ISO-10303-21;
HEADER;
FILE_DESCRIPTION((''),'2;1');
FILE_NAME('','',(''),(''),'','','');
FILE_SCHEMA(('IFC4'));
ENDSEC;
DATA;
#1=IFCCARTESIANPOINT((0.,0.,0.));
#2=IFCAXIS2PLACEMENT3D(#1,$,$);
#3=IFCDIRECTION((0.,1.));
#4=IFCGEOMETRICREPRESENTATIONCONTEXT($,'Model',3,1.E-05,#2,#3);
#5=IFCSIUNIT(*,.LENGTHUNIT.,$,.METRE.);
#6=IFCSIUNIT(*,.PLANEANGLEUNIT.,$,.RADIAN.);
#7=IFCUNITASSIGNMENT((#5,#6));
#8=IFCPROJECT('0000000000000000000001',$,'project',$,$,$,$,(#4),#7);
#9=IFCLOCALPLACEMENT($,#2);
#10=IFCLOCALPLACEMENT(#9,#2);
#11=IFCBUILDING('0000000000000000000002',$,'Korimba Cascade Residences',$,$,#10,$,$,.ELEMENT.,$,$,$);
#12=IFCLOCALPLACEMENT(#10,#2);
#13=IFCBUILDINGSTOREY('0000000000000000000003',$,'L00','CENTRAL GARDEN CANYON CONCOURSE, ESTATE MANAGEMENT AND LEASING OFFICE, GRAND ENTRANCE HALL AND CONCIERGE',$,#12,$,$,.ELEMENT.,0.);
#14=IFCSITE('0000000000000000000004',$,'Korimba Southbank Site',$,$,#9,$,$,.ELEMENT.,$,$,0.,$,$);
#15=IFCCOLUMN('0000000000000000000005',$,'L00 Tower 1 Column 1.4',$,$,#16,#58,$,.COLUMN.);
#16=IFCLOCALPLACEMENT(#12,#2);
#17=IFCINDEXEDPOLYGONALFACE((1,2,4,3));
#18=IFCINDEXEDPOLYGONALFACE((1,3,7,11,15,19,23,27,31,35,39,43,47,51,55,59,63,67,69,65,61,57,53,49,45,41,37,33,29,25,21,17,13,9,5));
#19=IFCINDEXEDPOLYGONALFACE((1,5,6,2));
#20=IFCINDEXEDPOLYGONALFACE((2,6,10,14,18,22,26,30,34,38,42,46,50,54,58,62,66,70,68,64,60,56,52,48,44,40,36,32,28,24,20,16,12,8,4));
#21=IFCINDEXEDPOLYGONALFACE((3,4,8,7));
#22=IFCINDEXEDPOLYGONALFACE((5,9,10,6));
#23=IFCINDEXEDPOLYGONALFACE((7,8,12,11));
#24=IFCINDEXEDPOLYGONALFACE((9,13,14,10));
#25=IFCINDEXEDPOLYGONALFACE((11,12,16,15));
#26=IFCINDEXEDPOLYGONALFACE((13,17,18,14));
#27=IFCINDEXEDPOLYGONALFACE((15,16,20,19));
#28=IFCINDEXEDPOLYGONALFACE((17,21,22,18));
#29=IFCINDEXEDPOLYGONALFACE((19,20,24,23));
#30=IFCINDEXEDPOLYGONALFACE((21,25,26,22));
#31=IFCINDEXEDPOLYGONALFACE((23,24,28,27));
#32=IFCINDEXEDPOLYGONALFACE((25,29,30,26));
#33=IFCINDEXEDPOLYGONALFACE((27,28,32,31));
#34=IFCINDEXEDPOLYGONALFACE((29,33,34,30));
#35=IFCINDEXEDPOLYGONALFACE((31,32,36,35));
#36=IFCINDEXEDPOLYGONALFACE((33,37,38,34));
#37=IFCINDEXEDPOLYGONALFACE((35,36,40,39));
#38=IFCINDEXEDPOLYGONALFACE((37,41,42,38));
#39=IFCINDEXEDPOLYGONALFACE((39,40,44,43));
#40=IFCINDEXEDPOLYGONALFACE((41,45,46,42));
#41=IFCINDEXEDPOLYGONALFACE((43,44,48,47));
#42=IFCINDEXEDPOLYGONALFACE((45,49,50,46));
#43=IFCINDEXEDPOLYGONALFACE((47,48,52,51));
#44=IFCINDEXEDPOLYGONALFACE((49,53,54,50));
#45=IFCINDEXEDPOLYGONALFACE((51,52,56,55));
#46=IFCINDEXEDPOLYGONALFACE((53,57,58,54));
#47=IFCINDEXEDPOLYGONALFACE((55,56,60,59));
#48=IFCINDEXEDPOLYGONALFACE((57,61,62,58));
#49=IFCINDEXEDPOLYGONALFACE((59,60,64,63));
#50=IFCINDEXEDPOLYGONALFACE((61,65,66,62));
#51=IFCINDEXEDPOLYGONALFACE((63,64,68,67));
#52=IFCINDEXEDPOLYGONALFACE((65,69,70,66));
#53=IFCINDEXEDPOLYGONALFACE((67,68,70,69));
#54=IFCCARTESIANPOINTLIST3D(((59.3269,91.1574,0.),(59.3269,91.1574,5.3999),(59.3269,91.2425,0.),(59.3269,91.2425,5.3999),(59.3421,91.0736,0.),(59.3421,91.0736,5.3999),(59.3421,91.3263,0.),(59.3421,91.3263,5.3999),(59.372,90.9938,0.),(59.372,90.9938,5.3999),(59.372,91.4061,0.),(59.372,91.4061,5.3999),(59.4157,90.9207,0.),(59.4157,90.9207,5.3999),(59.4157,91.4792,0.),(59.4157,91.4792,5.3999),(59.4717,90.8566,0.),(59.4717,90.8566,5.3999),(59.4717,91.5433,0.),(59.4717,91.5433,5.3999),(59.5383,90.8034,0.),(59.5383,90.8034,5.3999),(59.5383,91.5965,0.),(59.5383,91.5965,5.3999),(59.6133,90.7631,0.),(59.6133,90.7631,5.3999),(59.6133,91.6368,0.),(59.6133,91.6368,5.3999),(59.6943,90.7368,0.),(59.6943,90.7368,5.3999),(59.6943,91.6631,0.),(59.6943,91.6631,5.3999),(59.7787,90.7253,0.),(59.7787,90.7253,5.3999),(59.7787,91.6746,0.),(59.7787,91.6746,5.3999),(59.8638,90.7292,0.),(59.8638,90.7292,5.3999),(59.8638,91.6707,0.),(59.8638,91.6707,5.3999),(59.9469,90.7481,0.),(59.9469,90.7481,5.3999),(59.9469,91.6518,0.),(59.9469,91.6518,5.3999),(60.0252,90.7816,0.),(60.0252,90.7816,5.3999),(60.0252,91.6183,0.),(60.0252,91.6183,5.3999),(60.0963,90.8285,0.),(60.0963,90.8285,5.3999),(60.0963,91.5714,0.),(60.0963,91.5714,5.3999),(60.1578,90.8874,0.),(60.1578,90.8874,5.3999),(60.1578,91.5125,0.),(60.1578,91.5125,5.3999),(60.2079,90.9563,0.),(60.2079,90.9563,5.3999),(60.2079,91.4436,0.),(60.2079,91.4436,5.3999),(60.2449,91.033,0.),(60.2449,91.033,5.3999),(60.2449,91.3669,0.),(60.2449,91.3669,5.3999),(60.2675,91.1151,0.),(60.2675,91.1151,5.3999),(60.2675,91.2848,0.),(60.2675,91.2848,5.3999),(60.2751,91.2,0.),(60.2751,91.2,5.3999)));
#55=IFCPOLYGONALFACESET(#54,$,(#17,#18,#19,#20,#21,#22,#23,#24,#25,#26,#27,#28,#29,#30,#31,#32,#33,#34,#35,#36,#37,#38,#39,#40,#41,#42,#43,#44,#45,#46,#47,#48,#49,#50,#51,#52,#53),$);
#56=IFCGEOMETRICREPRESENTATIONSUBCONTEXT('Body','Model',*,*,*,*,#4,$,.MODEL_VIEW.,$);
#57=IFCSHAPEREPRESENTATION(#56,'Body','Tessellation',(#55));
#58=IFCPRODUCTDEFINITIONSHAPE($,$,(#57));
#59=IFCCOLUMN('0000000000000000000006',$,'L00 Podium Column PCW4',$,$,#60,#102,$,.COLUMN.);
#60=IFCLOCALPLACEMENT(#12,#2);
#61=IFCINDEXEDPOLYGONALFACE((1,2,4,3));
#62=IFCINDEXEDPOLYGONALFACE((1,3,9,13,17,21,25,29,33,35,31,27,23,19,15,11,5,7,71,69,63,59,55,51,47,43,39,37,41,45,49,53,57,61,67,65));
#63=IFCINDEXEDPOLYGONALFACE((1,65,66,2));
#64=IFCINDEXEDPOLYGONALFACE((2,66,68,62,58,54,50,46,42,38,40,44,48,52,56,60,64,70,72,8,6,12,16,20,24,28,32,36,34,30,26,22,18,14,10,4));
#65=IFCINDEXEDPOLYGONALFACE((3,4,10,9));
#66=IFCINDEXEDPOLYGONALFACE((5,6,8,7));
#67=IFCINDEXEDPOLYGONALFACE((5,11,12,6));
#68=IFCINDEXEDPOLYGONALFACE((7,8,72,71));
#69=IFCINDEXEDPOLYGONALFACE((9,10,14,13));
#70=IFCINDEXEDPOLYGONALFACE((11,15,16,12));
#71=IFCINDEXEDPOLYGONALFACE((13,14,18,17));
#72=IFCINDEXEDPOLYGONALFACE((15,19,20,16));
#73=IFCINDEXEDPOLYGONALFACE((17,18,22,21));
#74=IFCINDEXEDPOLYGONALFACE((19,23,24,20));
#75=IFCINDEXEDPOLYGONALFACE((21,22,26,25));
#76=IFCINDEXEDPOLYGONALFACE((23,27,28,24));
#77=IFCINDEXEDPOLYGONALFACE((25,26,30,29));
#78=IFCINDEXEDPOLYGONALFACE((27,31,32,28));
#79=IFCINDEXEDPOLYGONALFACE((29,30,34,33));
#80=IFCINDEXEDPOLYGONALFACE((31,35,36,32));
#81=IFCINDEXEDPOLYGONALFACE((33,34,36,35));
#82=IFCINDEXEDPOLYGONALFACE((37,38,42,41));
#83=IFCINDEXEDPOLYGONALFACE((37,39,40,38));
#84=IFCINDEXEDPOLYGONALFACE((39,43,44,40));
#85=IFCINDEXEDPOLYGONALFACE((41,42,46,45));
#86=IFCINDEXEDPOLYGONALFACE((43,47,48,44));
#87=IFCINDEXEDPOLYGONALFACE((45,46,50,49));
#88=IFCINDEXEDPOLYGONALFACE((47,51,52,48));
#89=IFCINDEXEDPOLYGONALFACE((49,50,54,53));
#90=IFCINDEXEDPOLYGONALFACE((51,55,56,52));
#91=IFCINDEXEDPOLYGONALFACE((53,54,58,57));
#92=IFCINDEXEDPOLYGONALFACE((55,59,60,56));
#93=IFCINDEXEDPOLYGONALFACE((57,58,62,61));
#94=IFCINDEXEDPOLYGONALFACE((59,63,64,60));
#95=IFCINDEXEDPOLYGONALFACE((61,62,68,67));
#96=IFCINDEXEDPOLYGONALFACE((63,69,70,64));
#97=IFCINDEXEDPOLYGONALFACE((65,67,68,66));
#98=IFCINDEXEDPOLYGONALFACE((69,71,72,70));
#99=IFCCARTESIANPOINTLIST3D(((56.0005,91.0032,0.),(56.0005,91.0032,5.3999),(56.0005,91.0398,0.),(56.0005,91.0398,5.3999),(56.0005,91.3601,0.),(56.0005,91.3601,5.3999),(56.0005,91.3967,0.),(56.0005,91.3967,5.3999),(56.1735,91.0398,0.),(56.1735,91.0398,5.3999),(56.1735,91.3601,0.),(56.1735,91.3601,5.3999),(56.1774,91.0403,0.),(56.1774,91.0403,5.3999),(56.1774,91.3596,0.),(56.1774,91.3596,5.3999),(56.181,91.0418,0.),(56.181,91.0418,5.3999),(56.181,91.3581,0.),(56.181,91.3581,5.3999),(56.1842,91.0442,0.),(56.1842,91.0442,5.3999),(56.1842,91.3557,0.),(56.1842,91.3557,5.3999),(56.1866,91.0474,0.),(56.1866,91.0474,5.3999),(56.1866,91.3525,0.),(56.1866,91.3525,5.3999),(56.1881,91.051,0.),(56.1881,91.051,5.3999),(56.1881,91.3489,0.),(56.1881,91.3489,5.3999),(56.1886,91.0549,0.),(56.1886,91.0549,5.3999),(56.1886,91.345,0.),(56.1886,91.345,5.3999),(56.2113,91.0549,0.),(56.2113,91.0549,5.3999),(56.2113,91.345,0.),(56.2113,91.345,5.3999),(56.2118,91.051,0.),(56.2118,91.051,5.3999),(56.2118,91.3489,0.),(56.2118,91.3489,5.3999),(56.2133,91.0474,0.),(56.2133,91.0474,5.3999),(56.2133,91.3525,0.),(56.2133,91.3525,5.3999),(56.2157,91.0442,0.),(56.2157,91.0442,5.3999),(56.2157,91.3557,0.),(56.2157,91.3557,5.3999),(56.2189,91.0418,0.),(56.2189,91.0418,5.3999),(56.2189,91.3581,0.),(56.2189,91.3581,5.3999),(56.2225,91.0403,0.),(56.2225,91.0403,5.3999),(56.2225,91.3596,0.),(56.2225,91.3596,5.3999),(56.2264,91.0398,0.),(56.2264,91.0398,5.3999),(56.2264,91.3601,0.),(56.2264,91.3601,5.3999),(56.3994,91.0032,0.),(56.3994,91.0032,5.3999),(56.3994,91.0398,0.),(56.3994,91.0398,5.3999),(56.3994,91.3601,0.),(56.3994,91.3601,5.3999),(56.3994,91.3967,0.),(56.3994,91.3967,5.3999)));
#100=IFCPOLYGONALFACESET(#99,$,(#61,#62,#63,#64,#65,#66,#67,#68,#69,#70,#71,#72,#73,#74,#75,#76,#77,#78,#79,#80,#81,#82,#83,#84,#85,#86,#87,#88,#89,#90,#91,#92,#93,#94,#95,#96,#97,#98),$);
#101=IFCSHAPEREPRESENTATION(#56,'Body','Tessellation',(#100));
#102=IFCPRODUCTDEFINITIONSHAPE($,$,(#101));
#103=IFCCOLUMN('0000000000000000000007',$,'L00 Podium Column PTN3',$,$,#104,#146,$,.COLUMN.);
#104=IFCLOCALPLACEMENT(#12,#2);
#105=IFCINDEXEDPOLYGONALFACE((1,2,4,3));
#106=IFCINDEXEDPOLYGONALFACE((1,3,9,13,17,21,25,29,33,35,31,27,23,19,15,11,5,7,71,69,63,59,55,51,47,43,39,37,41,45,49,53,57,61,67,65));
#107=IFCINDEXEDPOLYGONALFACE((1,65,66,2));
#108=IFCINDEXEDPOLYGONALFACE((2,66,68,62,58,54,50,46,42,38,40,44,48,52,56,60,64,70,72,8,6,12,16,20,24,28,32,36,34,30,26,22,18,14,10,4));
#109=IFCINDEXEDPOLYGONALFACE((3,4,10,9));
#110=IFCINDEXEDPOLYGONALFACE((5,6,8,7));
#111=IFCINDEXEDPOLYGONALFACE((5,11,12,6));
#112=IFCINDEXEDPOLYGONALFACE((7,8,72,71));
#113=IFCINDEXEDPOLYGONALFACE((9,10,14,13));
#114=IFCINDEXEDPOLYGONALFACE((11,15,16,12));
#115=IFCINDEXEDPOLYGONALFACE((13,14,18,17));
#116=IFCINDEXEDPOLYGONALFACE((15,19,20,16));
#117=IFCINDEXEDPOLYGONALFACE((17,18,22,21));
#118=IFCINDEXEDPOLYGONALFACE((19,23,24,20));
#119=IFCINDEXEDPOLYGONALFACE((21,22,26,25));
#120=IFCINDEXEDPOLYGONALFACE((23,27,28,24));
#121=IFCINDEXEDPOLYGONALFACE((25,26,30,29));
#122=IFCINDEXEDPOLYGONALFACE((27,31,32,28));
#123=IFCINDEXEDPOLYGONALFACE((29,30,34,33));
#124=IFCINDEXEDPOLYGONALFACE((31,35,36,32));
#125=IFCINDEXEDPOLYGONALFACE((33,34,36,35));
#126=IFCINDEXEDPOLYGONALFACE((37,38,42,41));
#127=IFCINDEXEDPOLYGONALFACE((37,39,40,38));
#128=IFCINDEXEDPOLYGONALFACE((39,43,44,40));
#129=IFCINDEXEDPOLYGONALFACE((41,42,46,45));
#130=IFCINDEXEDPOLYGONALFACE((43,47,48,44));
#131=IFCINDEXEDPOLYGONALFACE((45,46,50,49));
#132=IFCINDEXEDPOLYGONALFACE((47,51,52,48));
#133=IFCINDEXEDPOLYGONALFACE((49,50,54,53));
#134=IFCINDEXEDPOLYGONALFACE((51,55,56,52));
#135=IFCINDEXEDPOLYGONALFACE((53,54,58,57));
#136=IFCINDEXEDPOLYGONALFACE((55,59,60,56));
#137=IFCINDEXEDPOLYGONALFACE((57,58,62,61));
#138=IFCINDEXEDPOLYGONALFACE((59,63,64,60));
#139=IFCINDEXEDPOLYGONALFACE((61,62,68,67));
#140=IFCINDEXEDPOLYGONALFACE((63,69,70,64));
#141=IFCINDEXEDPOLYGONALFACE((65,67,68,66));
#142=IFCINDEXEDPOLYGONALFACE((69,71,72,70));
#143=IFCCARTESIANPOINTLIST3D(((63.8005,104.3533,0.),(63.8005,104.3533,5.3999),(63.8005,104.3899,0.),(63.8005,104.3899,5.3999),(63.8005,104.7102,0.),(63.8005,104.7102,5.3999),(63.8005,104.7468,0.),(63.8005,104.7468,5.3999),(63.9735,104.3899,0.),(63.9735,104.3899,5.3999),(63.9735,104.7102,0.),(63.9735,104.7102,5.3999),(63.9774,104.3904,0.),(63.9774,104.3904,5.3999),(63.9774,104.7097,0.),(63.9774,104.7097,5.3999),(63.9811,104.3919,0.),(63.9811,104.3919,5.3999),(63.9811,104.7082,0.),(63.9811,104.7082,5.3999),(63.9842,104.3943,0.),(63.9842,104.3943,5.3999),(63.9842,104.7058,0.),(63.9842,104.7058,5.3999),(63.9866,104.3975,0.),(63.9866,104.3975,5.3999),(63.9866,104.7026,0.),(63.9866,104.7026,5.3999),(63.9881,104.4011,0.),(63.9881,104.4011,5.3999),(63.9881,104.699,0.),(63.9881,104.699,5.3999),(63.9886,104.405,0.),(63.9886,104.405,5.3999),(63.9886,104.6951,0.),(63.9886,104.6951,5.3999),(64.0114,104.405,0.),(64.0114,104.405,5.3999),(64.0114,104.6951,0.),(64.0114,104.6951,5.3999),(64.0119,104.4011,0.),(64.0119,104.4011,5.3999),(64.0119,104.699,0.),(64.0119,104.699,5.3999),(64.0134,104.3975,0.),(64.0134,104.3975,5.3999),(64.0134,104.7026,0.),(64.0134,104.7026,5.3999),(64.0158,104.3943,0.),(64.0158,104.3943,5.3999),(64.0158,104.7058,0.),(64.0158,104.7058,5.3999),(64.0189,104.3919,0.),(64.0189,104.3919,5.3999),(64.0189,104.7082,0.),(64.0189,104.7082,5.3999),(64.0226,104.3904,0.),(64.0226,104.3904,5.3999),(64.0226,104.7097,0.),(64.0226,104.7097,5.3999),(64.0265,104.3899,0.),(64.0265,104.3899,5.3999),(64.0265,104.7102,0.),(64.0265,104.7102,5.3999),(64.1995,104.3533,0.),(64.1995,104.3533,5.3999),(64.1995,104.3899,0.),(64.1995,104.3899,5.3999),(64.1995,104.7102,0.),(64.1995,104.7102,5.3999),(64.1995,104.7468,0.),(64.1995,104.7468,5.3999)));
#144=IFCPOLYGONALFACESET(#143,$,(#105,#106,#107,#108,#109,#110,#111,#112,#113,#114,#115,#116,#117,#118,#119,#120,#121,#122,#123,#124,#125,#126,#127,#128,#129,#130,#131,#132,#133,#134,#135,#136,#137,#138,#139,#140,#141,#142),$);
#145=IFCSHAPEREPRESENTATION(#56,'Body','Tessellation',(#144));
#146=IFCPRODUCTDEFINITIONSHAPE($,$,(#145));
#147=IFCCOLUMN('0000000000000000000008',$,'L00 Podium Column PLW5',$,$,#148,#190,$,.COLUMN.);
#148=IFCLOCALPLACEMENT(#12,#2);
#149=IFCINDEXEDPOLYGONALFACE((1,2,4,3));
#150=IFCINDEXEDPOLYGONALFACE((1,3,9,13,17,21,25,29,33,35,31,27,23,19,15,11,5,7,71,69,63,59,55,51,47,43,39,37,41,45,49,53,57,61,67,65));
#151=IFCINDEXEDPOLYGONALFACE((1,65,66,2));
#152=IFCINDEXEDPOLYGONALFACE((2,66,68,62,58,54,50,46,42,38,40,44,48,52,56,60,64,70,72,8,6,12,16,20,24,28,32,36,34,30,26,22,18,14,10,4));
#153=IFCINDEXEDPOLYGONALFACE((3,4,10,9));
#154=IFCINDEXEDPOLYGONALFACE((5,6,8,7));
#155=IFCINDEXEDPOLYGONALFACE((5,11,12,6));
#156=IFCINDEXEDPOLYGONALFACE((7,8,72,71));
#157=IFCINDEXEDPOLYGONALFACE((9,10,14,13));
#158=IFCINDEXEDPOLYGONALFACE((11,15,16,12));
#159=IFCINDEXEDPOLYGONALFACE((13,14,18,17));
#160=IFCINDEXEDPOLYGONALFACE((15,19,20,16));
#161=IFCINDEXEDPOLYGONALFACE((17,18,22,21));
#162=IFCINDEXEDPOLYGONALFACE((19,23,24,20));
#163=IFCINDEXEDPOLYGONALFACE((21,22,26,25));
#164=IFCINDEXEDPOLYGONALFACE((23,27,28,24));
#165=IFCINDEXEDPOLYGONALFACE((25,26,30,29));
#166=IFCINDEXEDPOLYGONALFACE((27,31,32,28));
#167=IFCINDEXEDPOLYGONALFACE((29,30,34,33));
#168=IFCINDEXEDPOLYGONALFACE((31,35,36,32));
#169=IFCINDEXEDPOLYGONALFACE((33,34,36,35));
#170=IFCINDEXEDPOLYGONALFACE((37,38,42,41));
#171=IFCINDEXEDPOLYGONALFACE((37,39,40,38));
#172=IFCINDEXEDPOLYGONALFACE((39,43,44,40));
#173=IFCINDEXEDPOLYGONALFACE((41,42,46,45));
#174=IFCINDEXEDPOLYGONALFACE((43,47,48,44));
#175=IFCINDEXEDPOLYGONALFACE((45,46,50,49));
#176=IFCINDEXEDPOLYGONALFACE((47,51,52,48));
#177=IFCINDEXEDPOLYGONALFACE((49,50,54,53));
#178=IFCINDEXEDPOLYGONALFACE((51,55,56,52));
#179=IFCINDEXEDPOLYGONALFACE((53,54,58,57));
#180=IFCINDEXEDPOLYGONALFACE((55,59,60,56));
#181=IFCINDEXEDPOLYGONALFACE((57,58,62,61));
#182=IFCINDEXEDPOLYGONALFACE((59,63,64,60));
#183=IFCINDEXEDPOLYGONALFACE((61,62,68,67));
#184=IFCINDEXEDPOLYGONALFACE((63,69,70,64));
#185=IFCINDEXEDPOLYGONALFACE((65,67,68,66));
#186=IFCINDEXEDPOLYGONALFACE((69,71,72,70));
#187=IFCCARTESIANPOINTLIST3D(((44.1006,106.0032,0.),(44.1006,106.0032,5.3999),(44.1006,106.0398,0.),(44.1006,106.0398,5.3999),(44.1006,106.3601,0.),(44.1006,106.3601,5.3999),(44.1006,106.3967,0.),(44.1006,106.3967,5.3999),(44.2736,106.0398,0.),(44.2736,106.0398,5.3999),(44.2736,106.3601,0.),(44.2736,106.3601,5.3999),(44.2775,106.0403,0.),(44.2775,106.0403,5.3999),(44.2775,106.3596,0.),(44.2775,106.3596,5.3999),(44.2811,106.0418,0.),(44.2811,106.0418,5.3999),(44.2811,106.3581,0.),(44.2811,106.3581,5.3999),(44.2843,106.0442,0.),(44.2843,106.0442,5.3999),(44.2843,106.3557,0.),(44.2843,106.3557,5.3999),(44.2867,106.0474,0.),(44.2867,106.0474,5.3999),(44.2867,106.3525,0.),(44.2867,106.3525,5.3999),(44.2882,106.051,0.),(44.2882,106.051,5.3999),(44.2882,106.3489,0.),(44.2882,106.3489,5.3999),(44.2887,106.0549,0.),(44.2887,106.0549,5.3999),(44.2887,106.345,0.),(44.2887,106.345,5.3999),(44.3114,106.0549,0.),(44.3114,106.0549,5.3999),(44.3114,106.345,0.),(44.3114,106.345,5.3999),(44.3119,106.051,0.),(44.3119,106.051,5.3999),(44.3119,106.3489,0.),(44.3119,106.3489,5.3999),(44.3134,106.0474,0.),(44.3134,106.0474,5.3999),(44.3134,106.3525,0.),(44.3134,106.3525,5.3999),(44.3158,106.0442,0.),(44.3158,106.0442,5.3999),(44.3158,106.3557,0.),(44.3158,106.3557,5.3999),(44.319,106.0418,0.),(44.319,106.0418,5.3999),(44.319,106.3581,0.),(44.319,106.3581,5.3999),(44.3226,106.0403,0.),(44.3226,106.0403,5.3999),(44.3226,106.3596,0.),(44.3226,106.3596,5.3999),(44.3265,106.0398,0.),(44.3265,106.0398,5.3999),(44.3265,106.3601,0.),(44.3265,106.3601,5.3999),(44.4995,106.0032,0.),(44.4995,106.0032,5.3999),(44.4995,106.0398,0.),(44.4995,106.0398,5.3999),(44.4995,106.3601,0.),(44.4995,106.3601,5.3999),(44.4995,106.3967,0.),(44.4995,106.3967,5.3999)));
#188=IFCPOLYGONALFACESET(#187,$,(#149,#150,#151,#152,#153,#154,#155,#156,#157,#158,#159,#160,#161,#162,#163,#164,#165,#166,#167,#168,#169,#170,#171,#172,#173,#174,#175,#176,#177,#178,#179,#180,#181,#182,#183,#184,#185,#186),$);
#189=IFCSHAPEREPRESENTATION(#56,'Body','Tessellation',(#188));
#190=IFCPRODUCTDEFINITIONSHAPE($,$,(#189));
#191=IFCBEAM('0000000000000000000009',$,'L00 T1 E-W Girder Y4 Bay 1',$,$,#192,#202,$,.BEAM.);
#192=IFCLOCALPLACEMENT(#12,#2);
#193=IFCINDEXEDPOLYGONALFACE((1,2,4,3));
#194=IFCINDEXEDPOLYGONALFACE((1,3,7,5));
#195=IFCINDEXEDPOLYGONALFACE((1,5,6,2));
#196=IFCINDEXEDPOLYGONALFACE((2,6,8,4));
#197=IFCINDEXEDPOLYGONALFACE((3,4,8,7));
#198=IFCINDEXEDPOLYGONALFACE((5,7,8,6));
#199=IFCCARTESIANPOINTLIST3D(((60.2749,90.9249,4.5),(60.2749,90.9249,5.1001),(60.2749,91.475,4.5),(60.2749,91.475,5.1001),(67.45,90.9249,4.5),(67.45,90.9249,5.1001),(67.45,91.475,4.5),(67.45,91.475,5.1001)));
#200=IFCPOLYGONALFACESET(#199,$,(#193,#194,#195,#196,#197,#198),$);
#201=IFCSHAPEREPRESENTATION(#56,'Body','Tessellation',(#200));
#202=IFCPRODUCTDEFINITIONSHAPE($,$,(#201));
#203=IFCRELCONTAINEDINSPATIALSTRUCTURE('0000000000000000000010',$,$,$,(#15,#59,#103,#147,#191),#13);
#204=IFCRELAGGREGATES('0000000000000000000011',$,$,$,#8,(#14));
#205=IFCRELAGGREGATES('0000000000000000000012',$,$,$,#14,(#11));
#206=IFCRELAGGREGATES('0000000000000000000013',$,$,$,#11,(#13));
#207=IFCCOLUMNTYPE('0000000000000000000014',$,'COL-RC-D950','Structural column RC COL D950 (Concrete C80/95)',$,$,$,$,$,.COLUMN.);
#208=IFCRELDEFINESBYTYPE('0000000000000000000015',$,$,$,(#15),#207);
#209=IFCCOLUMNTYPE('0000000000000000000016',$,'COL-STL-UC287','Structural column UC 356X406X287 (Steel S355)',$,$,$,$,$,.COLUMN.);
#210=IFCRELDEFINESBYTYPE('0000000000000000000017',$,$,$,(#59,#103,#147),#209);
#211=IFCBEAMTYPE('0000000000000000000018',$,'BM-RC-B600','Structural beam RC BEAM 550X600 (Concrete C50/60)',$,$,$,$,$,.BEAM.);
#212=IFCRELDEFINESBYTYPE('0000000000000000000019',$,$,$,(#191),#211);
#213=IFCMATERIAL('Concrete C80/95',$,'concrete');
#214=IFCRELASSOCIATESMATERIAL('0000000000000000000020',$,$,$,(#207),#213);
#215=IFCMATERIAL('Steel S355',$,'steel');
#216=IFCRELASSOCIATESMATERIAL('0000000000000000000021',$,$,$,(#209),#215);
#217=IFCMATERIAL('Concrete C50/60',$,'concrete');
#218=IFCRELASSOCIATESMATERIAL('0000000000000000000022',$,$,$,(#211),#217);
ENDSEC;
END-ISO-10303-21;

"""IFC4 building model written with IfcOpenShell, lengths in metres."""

from ifc_helpers import new_model, si_unit, direction, frame, origin, origin_2d, place, context, subcontext, project, spatial, rectangle, circle, i_section, extrude, material, material_profile, profile_set, type_object, element, save


model = new_model("IFC4")

# Units and contexts
model_context = context("Model", 3, precision=1e-05, world=origin(), true_north=direction((0.0, 1.0)))
body_context = subcontext(model_context, "Body", "Model", "MODEL_VIEW")
ifc_project = project(units=[si_unit("LENGTHUNIT", "METRE"), si_unit("PLANEANGLEUNIT", "RADIAN")], contexts=[model_context])

# Site, building, storey
site_placement = place(None, origin())
site = spatial("IfcSite", under=ifc_project, at=site_placement, Name="Korimba Southbank Site", CompositionType="ELEMENT", RefElevation=0.0)
building_placement = place(site_placement, origin())
building = spatial("IfcBuilding", under=site, at=building_placement, Name="Korimba Cascade Residences", CompositionType="ELEMENT")
storey_placement = place(building_placement, origin())
storey = spatial("IfcBuildingStorey", under=building, at=storey_placement, Name="L00", Description="CENTRAL GARDEN CANYON CONCOURSE, ESTATE MANAGEMENT AND LEASING OFFICE, GRAND ENTRANCE HALL AND CONCIERGE", CompositionType="ELEMENT", Elevation=0.0)

# Columns
ifc_material_1 = material(Name="Concrete C80/95", Category="concrete")
ifc_material_profile_1 = material_profile(ifc_material_1, circle(Radius=0.4751, at=origin_2d()), Name="Concrete C80/95")
ifc_profile_set_1 = profile_set([ifc_material_profile_1], Name="Concrete C80/95")
column_type_1 = type_object("IfcColumnType", Name="COL-RC-D950", Description="Structural column RC COL D950 (Concrete C80/95)", PredefinedType="COLUMN", material=ifc_profile_set_1)
column_placement = place(storey_placement, frame((59.8, 91.2, 0.0), z_axis=(0.0, 0.0, 1.0), x_axis=(1.0, 0.0, 0.0)))
element("IfcColumn", 1, at=column_placement, inside=storey, type_object=column_type_1, Name="L00 Tower 1 Column 1.4", PredefinedType="COLUMN", context=body_context, shape_type="SweptSolid", body=[
    extrude(circle(Radius=0.4751, at=origin_2d()), origin(), (0.0, 0.0, 1.0), 5.3999),
])
ifc_material_2 = material(Name="Steel S355", Category="steel")
ifc_material_profile_2 = material_profile(ifc_material_2, i_section(OverallWidth=0.3989, OverallDepth=0.3936, WebThickness=0.0227, FlangeThickness=0.0366, FilletRadius=0.0151, at=origin_2d()), Name="Steel S355")
ifc_profile_set_2 = profile_set([ifc_material_profile_2], Name="Steel S355")
column_type_2 = type_object("IfcColumnType", Name="COL-STL-UC287", Description="Structural column UC 356X406X287 (Steel S355)", PredefinedType="COLUMN", material=ifc_profile_set_2)
for number, where, z_axis, x_axis, name in (
    (2, (56.2, 91.2, 0.0), (0.0, 0.0, 1.0), (1.0, 0.0, 0.0), "L00 Podium Column PCW4"),
    (3, (64.0, 104.55, 0.0), (0.0, 0.0, 1.0), (1.0, 0.0, 0.0), "L00 Podium Column PTN3"),
    (4, (44.3, 106.2, 0.0), (0.0, 0.0, 1.0), (1.0, 0.0, 0.0), "L00 Podium Column PLW5"),
):
    element("IfcColumn", number, at=place(storey_placement, frame(where, z_axis=z_axis, x_axis=x_axis)), inside=storey, type_object=column_type_2, Name=name, PredefinedType="COLUMN", context=body_context, shape_type="SweptSolid", body=[
        extrude(i_section(OverallWidth=0.3989, OverallDepth=0.3936, WebThickness=0.0227, FlangeThickness=0.0366, FilletRadius=0.0151, at=origin_2d()), origin(), (0.0, 0.0, 1.0), 5.3999),
    ])

# Beam
ifc_material_3 = material(Name="Concrete C50/60", Category="concrete")
ifc_material_profile_3 = material_profile(ifc_material_3, rectangle(XDim=0.55, YDim=0.6001, at=origin_2d()), Name="Concrete C50/60")
ifc_profile_set_3 = profile_set([ifc_material_profile_3], Name="Concrete C50/60")
beam_type_1 = type_object("IfcBeamType", Name="BM-RC-B600", Description="Structural beam RC BEAM 550X600 (Concrete C50/60)", PredefinedType="BEAM", material=ifc_profile_set_3)
beam_1_placement = place(storey_placement, frame((60.2749, 91.2, 4.8), z_axis=(1.0, 0.0, 0.0), x_axis=(0.0, 1.0, 0.0)))
element("IfcBeam", 5, at=beam_1_placement, inside=storey, type_object=beam_type_1, Name="L00 T1 E-W Girder Y4 Bay 1", PredefinedType="BEAM", context=body_context, shape_type="SweptSolid", body=[
    extrude(rectangle(XDim=0.55, YDim=0.6001, at=origin_2d()), origin(), (0.0, 0.0, 1.0), 7.175),
])

save(model, "model.ifc")
